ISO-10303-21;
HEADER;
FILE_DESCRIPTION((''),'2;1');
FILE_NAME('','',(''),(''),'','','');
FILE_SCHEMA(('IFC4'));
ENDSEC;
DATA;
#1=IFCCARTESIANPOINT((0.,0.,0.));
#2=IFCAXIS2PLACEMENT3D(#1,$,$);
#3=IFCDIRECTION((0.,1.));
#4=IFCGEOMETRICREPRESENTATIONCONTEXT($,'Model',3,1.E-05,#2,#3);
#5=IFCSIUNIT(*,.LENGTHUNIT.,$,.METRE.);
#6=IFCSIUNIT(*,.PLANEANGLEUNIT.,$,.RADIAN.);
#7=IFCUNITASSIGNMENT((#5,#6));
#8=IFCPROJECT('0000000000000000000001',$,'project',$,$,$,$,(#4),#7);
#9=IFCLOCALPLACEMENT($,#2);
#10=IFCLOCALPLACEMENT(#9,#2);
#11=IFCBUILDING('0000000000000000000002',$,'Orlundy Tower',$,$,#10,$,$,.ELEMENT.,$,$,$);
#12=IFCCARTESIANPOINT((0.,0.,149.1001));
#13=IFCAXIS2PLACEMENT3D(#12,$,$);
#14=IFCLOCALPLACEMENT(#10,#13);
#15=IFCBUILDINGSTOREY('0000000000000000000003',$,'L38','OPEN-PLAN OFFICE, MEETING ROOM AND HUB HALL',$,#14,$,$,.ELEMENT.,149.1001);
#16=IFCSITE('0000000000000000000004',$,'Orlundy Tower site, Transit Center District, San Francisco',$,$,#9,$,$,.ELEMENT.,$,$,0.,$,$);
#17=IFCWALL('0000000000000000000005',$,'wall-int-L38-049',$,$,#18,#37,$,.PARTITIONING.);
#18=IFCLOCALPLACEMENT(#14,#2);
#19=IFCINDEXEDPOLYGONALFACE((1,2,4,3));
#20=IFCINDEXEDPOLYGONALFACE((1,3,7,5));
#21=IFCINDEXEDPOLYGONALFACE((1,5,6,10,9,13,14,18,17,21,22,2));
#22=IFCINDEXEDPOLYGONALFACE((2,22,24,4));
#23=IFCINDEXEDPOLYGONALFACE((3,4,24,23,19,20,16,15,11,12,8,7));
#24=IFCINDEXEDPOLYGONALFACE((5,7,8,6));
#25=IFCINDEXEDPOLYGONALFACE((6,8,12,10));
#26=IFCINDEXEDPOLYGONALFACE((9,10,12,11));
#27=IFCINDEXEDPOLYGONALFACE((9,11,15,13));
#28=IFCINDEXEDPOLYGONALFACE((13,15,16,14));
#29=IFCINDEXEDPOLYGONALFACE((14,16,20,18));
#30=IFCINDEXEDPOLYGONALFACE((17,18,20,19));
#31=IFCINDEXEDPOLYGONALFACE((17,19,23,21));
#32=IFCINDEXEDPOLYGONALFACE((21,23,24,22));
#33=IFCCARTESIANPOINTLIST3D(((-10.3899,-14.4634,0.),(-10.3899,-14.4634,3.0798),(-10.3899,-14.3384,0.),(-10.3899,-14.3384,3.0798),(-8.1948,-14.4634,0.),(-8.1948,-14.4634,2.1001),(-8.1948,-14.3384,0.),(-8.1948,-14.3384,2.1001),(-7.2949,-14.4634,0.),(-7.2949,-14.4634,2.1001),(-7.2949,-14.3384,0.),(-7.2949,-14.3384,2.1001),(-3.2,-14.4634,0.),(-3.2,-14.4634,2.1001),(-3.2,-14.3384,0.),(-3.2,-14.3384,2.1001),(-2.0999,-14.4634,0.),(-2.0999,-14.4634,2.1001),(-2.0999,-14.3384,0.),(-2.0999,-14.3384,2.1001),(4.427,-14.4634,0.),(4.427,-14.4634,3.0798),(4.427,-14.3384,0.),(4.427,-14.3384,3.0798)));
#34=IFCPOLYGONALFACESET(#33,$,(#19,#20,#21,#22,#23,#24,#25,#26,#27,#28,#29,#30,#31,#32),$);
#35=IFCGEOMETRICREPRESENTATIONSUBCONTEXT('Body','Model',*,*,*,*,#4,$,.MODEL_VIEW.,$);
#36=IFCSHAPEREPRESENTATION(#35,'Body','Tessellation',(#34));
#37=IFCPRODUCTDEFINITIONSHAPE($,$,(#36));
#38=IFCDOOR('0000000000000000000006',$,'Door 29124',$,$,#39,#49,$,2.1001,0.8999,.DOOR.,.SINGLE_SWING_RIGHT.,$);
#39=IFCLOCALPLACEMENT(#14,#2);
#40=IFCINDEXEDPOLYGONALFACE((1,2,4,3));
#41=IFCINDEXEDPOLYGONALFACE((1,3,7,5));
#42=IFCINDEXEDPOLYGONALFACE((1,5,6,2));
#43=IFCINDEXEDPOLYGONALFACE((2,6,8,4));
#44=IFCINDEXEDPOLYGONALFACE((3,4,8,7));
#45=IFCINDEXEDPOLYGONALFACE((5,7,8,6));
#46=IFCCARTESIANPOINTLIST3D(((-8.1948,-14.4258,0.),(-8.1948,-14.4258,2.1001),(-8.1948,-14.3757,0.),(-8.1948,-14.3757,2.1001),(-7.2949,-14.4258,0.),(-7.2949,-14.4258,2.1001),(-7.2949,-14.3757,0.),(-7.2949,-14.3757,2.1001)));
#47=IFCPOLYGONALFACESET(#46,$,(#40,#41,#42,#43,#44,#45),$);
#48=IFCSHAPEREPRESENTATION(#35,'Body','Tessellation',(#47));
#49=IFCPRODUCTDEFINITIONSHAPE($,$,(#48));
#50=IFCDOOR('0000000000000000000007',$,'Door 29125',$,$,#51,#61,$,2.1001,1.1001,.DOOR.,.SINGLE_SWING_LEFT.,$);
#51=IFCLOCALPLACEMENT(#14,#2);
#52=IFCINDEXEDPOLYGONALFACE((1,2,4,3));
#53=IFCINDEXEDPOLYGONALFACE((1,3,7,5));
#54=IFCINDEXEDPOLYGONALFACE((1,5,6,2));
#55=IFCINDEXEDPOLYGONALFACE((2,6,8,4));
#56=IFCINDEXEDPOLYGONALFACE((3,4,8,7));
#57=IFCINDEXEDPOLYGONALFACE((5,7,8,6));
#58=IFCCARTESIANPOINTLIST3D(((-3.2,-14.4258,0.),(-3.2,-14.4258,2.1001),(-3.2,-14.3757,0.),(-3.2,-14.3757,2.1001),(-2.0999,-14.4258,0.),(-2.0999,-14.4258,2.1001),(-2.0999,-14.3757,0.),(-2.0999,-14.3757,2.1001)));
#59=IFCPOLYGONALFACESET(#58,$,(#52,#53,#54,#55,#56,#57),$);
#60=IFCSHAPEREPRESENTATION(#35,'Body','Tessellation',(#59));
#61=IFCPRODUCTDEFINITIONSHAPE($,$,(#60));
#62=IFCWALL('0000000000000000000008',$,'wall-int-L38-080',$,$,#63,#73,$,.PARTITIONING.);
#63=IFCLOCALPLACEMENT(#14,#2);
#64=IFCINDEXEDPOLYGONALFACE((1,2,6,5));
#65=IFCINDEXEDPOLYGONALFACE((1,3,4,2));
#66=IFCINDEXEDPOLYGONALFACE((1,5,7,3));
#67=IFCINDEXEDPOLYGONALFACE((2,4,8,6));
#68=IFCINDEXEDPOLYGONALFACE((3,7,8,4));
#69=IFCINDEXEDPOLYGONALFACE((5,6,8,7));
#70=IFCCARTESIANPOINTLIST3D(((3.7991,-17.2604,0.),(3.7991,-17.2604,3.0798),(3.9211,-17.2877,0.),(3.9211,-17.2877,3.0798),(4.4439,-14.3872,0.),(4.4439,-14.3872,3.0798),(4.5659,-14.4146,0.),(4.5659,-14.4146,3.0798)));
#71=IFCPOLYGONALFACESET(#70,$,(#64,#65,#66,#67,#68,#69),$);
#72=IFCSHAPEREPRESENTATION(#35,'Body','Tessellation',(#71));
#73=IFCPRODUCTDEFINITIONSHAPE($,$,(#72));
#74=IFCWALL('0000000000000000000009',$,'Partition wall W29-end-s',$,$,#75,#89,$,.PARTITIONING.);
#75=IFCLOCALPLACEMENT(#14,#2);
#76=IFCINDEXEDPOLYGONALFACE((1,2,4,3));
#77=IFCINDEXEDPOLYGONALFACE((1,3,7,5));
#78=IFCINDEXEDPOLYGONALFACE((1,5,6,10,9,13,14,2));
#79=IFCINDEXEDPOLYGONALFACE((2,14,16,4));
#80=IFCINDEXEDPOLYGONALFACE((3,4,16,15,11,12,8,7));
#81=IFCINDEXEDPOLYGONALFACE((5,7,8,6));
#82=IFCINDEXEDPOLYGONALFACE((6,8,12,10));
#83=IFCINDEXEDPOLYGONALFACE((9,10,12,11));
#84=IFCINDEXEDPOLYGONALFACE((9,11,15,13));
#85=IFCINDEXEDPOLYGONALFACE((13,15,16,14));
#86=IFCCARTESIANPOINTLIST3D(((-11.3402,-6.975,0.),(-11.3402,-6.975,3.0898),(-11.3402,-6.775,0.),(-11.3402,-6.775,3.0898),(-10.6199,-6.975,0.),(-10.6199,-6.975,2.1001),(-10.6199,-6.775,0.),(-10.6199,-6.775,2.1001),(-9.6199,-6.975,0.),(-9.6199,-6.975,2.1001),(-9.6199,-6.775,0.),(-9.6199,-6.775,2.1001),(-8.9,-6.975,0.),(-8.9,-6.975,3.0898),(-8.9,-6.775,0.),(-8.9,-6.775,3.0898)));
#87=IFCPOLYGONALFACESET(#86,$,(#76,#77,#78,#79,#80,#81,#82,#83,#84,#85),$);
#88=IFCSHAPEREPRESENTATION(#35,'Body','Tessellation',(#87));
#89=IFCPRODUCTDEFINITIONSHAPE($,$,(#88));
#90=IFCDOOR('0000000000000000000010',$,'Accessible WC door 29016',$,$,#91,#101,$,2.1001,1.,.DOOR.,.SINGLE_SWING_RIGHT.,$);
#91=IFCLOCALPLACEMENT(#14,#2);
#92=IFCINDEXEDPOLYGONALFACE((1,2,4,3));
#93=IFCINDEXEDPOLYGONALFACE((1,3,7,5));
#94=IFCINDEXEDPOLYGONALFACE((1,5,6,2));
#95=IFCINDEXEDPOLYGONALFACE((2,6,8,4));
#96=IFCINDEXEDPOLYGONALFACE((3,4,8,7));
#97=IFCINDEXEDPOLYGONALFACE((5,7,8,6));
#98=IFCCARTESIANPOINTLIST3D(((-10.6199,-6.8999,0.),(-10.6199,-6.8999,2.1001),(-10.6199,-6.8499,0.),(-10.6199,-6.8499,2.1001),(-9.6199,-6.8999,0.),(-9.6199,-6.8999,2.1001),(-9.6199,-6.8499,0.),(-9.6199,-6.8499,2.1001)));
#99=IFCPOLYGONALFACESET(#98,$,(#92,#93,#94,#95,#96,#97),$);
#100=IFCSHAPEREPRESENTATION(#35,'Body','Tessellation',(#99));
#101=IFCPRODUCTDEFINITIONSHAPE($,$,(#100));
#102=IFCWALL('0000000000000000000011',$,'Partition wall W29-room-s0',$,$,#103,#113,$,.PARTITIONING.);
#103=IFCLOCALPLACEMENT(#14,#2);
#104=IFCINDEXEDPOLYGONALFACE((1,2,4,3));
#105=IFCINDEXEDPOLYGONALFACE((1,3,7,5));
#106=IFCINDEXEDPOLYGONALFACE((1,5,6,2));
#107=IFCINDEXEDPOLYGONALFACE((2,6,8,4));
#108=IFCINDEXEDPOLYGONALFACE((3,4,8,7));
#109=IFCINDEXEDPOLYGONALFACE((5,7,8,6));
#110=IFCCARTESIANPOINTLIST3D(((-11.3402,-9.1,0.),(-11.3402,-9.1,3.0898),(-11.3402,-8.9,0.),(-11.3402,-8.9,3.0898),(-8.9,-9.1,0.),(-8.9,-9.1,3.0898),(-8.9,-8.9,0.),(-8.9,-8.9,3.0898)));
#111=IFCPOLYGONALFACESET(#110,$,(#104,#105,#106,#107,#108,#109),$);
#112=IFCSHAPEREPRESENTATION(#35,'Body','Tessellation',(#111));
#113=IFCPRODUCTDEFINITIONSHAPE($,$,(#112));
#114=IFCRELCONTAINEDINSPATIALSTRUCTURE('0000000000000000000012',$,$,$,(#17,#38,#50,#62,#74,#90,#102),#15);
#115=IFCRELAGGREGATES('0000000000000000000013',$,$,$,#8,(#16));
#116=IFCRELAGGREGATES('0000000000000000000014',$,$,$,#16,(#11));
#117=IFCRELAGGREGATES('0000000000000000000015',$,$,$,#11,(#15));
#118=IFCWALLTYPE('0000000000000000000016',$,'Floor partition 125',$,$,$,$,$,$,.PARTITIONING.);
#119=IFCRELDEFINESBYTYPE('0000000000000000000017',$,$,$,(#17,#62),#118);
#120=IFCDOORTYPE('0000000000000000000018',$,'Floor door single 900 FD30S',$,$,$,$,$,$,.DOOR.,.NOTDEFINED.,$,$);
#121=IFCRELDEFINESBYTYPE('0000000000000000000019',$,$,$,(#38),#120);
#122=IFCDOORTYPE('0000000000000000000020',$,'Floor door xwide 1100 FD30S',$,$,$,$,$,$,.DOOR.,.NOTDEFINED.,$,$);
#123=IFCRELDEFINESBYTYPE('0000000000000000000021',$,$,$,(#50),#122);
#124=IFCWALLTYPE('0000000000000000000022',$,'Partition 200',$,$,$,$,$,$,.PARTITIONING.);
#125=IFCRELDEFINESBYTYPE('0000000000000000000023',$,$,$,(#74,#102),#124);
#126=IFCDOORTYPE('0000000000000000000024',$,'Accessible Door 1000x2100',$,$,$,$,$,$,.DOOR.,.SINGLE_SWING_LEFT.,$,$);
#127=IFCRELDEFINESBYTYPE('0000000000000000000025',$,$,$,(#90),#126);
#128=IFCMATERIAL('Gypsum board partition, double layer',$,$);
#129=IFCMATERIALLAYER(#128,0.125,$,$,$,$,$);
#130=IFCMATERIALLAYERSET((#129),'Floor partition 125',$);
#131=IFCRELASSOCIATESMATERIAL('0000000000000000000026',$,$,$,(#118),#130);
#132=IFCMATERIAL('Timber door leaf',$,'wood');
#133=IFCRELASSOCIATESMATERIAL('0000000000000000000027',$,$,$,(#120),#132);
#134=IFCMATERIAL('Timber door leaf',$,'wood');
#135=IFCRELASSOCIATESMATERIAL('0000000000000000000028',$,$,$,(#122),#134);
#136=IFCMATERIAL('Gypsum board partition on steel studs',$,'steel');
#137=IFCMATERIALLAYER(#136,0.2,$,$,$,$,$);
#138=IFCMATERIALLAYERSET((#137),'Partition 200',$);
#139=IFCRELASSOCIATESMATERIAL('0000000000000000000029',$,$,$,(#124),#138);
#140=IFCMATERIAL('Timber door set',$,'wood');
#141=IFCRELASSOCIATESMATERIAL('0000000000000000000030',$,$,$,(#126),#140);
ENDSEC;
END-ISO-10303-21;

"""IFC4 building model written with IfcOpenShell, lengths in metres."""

from ifc_helpers import new_model, si_unit, direction, frame, frame_2d, origin, place, context, subcontext, project, spatial, rectangle, extrude, material, layer, layer_set, type_object, element, fill, save


model = new_model("IFC4")

# Units and contexts
model_context = context("Model", 3, precision=1e-05, world=origin(), true_north=direction((0.0, 1.0)))
body_context = subcontext(model_context, "Body", "Model", "MODEL_VIEW")
ifc_project = project(units=[si_unit("LENGTHUNIT", "METRE"), si_unit("PLANEANGLEUNIT", "RADIAN")], contexts=[model_context])

# Site, building, storey
site_placement = place(None, origin())
site = spatial("IfcSite", under=ifc_project, at=site_placement, Name="Orlundy Tower site, Transit Center District, San Francisco", CompositionType="ELEMENT", RefElevation=0.0)
building_placement = place(site_placement, origin())
building = spatial("IfcBuilding", under=site, at=building_placement, Name="Orlundy Tower", CompositionType="ELEMENT")
storey_placement = place(building_placement, frame((0.0, 0.0, 149.1001)))
storey = spatial("IfcBuildingStorey", under=building, at=storey_placement, Name="L38", Description="OPEN-PLAN OFFICE, MEETING ROOM AND HUB HALL", CompositionType="ELEMENT", Elevation=149.1001)

# Shared definitions
ifc_material_1 = material(Name="Gypsum board partition, double layer")
ifc_layer_1 = layer(ifc_material_1, 0.125)
ifc_layer_set_1 = layer_set([ifc_layer_1], Name="Floor partition 125")
wall_type_1 = type_object("IfcWallType", Name="Floor partition 125", PredefinedType="PARTITIONING", material=ifc_layer_set_1)
ifc_material_2 = material(Name="Timber door leaf", Category="wood")
door_type_1 = type_object("IfcDoorType", Name="Floor door single 900 FD30S", OperationType="NOTDEFINED", PredefinedType="DOOR", material=ifc_material_2)

# Wall, openings, doors
wall_1_placement = place(storey_placement, frame((4.427, -14.4009, 0.0), z_axis=(0.0, 0.0, 1.0), x_axis=(-1.0, 0.0, 0.0)))
wall_1 = element("IfcWall", 1, at=wall_1_placement, inside=storey, type_object=wall_type_1, Name="wall-int-L38-049", PredefinedType="PARTITIONING", context=body_context, shape_type="SweptSolid", body=[
    extrude(rectangle(XDim=14.8169, YDim=0.125, at=frame_2d((7.4084, 0.0))), origin(), (0.0, 0.0, 1.0), 3.0798),
])
opening_1_placement = place(wall_1_placement, frame((11.7219, 0.0, 0.0)))
opening_1 = element("IfcOpeningElement", 2, at=opening_1_placement, cuts=wall_1, PredefinedType="OPENING", context=body_context, shape_type="SweptSolid", body=[
    extrude(rectangle(XDim=0.8999, YDim=2.1001, at=frame_2d((0.45, 1.05))), frame((0.0, 0.0725, 0.0), z_axis=(0.0, -1.0, 0.0), x_axis=(1.0, 0.0, 0.0)), (0.0, 0.0, 1.0), 0.145),
])
opening_2_placement = place(wall_1_placement, frame((6.5269, 0.0, 0.0)))
opening_2 = element("IfcOpeningElement", 3, at=opening_2_placement, cuts=wall_1, PredefinedType="OPENING", context=body_context, shape_type="SweptSolid", body=[
    extrude(rectangle(XDim=1.1001, YDim=2.1001, at=frame_2d((0.55, 1.05))), frame((0.0, 0.0725, 0.0), z_axis=(0.0, -1.0, 0.0), x_axis=(1.0, 0.0, 0.0)), (0.0, 0.0, 1.0), 0.145),
])
door_1_placement = place(opening_1_placement, origin())
door_1 = element("IfcDoor", 4, at=door_1_placement, inside=storey, type_object=door_type_1, Name="Door 29124", OperationType="SINGLE_SWING_RIGHT", OverallHeight=2.1001, OverallWidth=0.8999, PredefinedType="DOOR", context=body_context, shape_type="SweptSolid", body=[
    extrude(rectangle(XDim=0.8999, YDim=2.1001, at=frame_2d((0.45, 1.05))), frame((0.0, 0.0249, 0.0), z_axis=(0.0, -1.0, 0.0), x_axis=(1.0, 0.0, 0.0)), (0.0, 0.0, 1.0), 0.05),
])
fill(opening_1, door_1)
ifc_material_3 = material(Name="Timber door leaf", Category="wood")
door_type_2 = type_object("IfcDoorType", Name="Floor door xwide 1100 FD30S", OperationType="NOTDEFINED", PredefinedType="DOOR", material=ifc_material_3)
door_2_placement = place(opening_2_placement, origin())
door_2 = element("IfcDoor", 5, at=door_2_placement, inside=storey, type_object=door_type_2, Name="Door 29125", OperationType="SINGLE_SWING_LEFT", OverallHeight=2.1001, OverallWidth=1.1001, PredefinedType="DOOR", context=body_context, shape_type="SweptSolid", body=[
    extrude(rectangle(XDim=1.1001, YDim=2.1001, at=frame_2d((0.55, 1.05))), frame((0.0, 0.0249, 0.0), z_axis=(0.0, -1.0, 0.0), x_axis=(1.0, 0.0, 0.0)), (0.0, 0.0, 1.0), 0.05),
])
fill(opening_2, door_2)

# Wall
wall_2_placement = place(storey_placement, frame((3.8601, -17.2739, 0.0), z_axis=(0.0, 0.0, 1.0), x_axis=(0.218976, 0.97573, 0.0)))
element("IfcWall", 6, at=wall_2_placement, inside=storey, type_object=wall_type_1, Name="wall-int-L38-080", PredefinedType="PARTITIONING", context=body_context, shape_type="SweptSolid", body=[
    extrude(rectangle(XDim=2.9446, YDim=0.125, at=frame_2d((1.4722, 0.0))), origin(), (0.0, 0.0, 1.0), 3.0798),
])

# Wall, opening, door
ifc_material_4 = material(Name="Gypsum board partition on steel studs", Category="steel")
ifc_layer_2 = layer(ifc_material_4, 0.2)
ifc_layer_set_2 = layer_set([ifc_layer_2], Name="Partition 200")
wall_type_2 = type_object("IfcWallType", Name="Partition 200", PredefinedType="PARTITIONING", material=ifc_layer_set_2)
wall_3_placement = place(storey_placement, frame((-8.8999, -6.875, 0.0), z_axis=(0.0, 0.0, 1.0), x_axis=(-1.0, 0.0, 0.0)))
wall_3 = element("IfcWall", 7, at=wall_3_placement, inside=storey, type_object=wall_type_2, Name="Partition wall W29-end-s", PredefinedType="PARTITIONING", context=body_context, shape_type="SweptSolid", body=[
    extrude(rectangle(XDim=2.4402, YDim=0.2, at=frame_2d((1.2202, 0.0))), origin(), (0.0, 0.0, 1.0), 3.0898),
])
opening_3_placement = place(wall_3_placement, frame((0.72, 0.0, 0.0)))
opening_3 = element("IfcOpeningElement", 8, at=opening_3_placement, cuts=wall_3, PredefinedType="OPENING", context=body_context, shape_type="SweptSolid", body=[
    extrude(rectangle(XDim=1.0, YDim=2.1001, at=frame_2d((0.5, 1.05))), frame((0.0, 0.1101, 0.0), z_axis=(0.0, -1.0, 0.0), x_axis=(1.0, 0.0, 0.0)), (0.0, 0.0, 1.0), 0.2202),
])
ifc_material_5 = material(Name="Timber door set", Category="wood")
door_type_3 = type_object("IfcDoorType", Name="Accessible Door 1000x2100", OperationType="SINGLE_SWING_LEFT", PredefinedType="DOOR", material=ifc_material_5)
door_3_placement = place(opening_3_placement, origin())
door_3 = element("IfcDoor", 9, at=door_3_placement, inside=storey, type_object=door_type_3, Name="Accessible WC door 29016", OperationType="SINGLE_SWING_RIGHT", OverallHeight=2.1001, OverallWidth=1.0, PredefinedType="DOOR", context=body_context, shape_type="SweptSolid", body=[
    extrude(rectangle(XDim=1.0, YDim=2.1001, at=frame_2d((0.5, 1.05))), frame((0.0, 0.0249, 0.0), z_axis=(0.0, -1.0, 0.0), x_axis=(1.0, 0.0, 0.0)), (0.0, 0.0, 1.0), 0.05),
])
fill(opening_3, door_3)

# Wall
wall_4_placement = place(storey_placement, frame((-8.8999, -9.0, 0.0), z_axis=(0.0, 0.0, 1.0), x_axis=(-1.0, 0.0, 0.0)))
element("IfcWall", 10, at=wall_4_placement, inside=storey, type_object=wall_type_2, Name="Partition wall W29-room-s0", PredefinedType="PARTITIONING", context=body_context, shape_type="SweptSolid", body=[
    extrude(rectangle(XDim=2.4402, YDim=0.2, at=frame_2d((1.2202, 0.0))), origin(), (0.0, 0.0, 1.0), 3.0898),
])

save(model, "model.ifc")
